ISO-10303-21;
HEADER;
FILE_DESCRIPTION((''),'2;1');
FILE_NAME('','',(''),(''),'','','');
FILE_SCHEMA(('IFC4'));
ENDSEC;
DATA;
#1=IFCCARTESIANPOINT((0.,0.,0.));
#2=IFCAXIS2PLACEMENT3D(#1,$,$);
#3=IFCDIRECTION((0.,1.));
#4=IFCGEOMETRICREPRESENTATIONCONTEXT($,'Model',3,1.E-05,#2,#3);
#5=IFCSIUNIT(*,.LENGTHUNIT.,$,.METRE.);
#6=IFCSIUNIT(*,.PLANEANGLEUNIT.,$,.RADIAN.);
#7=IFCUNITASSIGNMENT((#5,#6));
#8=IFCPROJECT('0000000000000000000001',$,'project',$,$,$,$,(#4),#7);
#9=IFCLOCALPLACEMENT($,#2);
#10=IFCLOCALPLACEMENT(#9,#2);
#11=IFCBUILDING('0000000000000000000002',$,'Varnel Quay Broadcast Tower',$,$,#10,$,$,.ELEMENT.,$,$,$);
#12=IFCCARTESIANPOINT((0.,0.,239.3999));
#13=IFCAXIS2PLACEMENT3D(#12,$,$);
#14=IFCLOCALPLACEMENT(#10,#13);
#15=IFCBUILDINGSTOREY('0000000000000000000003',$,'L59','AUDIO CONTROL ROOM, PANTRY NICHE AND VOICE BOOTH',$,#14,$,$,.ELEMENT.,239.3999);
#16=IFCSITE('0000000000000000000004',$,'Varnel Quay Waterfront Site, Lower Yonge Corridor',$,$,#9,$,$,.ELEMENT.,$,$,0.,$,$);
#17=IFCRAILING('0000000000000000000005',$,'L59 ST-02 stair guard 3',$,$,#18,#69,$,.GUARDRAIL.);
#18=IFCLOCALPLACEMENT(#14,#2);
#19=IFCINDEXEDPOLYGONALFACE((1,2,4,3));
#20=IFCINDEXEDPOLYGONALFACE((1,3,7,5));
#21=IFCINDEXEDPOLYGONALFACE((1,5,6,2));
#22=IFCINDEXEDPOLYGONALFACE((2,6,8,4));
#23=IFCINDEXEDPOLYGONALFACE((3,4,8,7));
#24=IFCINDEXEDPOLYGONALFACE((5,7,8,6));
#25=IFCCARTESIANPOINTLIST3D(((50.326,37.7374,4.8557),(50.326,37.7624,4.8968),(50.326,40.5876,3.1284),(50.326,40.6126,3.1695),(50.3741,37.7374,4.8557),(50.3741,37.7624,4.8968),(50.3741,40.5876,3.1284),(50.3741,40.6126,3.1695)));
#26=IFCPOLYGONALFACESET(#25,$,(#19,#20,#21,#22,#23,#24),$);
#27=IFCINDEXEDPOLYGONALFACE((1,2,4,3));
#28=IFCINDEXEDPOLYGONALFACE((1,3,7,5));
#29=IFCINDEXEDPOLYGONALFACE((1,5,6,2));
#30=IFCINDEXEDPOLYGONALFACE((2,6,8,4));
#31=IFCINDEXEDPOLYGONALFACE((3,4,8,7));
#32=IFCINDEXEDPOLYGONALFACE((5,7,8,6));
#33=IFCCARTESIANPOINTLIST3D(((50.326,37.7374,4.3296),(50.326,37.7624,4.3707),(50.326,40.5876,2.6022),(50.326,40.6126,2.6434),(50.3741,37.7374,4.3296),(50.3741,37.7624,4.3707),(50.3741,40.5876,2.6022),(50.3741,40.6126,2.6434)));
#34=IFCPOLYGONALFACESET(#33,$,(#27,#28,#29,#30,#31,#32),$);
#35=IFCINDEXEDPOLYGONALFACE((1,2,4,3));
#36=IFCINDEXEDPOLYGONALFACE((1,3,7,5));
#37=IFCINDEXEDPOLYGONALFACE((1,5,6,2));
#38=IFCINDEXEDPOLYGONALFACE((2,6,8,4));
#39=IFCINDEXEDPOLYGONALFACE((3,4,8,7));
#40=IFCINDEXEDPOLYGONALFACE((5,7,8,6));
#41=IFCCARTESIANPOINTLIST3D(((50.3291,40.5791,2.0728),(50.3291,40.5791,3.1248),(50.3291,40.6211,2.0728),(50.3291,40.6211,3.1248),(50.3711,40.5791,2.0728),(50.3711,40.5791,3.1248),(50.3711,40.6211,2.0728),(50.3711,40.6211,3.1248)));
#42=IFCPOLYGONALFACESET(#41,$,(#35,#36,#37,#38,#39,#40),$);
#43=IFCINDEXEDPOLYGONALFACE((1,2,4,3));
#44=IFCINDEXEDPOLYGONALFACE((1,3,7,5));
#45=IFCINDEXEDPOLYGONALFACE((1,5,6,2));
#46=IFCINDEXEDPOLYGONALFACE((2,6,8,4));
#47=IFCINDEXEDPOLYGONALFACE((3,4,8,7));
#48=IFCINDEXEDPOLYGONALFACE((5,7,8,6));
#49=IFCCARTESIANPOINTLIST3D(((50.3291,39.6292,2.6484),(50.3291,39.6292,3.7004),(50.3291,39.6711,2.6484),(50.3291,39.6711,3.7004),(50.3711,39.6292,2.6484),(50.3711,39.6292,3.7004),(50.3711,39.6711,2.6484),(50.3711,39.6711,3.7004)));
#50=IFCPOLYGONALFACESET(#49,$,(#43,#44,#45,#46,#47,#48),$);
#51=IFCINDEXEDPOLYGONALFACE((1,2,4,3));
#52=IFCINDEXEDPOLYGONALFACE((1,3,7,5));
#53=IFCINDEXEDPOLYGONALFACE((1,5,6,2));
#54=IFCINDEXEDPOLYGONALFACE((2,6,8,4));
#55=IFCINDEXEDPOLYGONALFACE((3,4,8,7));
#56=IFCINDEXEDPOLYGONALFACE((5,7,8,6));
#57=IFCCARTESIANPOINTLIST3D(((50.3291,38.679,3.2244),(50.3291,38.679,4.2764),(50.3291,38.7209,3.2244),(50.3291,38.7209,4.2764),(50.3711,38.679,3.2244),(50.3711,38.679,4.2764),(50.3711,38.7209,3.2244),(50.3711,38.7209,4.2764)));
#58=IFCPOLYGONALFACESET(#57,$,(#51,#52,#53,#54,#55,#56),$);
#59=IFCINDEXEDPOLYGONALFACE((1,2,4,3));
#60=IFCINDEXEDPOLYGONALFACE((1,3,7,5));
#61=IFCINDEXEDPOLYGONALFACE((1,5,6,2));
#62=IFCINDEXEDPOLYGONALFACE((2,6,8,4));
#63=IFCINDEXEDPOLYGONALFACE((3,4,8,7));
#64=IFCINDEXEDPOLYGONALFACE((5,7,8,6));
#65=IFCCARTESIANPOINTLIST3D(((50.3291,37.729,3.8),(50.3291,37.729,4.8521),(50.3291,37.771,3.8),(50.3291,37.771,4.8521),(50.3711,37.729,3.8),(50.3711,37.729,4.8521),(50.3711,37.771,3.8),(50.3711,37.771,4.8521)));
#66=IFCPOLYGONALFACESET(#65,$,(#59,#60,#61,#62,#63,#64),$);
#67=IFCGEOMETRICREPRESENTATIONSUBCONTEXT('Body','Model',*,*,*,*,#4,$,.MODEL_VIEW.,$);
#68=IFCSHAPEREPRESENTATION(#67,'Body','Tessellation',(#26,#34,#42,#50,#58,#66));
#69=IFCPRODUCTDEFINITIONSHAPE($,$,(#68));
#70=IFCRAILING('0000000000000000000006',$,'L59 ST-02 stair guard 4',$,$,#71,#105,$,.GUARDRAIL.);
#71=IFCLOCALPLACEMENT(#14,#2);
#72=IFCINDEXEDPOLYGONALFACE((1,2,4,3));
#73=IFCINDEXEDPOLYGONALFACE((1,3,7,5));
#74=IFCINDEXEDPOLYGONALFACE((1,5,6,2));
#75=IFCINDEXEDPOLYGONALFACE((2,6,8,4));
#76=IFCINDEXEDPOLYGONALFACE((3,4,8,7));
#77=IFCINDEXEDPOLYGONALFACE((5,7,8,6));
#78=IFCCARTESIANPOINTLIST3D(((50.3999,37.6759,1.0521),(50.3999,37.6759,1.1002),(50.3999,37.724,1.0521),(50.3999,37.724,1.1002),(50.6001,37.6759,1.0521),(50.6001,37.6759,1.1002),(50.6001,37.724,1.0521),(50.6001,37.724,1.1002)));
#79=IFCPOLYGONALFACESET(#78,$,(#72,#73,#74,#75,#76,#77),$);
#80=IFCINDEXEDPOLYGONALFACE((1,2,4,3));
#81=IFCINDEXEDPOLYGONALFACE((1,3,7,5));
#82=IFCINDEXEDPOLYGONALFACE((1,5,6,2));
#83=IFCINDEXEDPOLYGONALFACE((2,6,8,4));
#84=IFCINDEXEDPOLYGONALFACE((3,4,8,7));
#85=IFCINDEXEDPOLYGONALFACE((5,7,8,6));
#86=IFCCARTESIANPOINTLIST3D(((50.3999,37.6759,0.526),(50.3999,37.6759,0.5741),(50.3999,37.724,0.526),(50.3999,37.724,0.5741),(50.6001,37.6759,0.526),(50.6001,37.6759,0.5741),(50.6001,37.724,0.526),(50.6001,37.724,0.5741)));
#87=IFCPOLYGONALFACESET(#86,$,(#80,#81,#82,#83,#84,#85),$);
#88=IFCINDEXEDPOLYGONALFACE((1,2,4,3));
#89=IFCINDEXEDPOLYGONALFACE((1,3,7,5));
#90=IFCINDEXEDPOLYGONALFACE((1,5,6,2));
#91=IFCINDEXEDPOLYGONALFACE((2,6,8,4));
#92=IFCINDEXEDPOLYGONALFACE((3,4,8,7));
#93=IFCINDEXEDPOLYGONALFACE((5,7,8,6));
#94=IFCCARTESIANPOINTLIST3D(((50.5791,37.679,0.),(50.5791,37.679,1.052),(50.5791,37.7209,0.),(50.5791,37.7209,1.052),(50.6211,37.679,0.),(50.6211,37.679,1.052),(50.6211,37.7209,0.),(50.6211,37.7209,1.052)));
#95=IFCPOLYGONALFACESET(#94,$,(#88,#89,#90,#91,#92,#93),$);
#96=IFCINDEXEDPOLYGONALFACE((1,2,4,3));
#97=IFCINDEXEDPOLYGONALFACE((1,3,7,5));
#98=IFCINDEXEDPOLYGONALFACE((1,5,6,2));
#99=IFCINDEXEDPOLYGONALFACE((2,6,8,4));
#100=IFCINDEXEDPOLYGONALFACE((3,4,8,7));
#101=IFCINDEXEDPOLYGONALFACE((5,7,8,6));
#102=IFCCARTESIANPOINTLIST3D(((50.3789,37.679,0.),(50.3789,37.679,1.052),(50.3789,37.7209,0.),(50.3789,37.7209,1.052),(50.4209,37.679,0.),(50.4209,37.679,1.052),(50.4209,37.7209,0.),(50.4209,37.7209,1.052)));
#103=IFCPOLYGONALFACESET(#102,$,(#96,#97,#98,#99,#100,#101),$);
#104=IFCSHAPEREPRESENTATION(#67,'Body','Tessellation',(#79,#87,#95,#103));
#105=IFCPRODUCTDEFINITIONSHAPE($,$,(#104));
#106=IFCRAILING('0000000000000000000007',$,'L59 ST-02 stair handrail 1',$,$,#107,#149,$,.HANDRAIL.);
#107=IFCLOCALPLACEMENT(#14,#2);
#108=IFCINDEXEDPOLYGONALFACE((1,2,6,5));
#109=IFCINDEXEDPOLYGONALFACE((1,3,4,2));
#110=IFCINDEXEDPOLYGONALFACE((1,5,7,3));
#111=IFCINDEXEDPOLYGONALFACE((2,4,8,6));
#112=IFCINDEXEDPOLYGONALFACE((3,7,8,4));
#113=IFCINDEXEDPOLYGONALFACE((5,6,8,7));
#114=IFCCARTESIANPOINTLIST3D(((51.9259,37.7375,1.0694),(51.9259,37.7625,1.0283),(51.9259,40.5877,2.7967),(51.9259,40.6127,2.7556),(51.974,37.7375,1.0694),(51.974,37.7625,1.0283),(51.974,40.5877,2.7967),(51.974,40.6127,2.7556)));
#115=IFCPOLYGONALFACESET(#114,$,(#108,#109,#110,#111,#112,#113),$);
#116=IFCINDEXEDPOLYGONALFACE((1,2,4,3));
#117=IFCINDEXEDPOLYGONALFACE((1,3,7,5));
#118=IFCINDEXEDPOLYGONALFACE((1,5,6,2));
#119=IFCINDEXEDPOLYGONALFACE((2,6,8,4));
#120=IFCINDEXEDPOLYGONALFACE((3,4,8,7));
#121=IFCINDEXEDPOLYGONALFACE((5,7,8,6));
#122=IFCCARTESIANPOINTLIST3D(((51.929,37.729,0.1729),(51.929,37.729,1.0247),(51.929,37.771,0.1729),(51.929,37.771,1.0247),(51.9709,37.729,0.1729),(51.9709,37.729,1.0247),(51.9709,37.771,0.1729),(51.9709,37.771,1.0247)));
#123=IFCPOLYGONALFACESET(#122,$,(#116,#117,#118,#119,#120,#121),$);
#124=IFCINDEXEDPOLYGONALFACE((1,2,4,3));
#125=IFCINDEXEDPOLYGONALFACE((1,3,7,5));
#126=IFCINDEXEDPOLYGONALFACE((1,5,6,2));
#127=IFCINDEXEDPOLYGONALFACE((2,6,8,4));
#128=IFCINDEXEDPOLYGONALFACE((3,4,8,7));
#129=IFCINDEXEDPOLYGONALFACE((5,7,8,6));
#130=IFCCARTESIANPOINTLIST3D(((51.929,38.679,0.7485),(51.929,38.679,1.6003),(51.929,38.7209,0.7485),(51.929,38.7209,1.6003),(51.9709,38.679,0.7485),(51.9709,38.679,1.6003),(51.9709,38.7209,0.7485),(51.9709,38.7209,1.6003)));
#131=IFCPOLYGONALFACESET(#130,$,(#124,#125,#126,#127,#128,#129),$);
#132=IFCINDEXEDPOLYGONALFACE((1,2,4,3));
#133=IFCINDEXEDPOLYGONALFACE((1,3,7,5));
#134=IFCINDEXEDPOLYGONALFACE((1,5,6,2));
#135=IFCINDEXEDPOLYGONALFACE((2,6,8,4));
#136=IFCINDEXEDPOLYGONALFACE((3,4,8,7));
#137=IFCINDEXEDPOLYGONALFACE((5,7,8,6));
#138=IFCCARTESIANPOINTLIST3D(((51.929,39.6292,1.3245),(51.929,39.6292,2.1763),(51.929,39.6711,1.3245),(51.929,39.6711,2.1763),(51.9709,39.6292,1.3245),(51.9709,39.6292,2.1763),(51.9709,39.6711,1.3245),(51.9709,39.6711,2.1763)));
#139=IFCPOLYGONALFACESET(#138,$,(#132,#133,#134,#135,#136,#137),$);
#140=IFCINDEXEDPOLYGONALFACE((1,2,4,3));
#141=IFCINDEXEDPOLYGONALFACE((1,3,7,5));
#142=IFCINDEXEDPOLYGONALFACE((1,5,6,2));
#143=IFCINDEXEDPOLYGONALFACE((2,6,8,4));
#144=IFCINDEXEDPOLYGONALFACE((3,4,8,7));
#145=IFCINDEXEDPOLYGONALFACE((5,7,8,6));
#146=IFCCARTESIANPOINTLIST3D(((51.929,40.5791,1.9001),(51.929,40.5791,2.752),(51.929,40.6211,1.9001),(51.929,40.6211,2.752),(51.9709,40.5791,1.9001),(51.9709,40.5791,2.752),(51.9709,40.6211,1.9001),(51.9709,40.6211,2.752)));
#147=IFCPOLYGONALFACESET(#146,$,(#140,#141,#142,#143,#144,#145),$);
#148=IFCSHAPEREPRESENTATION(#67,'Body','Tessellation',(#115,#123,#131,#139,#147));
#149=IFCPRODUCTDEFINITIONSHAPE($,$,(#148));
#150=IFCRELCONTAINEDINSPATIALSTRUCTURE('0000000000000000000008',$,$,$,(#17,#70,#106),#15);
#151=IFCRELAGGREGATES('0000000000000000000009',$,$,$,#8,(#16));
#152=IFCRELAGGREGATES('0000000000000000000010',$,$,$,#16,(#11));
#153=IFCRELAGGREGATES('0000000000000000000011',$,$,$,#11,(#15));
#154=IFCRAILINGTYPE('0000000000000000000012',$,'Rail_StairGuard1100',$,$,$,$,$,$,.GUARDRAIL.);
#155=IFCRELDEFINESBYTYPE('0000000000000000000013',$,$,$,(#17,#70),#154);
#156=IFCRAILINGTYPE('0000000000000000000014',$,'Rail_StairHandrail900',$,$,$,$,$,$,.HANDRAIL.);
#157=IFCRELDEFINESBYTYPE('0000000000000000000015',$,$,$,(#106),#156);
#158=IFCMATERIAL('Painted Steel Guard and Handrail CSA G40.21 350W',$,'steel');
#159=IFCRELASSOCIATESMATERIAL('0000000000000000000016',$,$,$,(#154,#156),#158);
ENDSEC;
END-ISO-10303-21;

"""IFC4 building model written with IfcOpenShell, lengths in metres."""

from ifc_helpers import new_model, si_unit, direction, frame, origin, origin_2d, place, context, subcontext, project, spatial, rectangle, extrude, material, type_object, element, save


model = new_model("IFC4")

# Units and contexts
model_context = context("Model", 3, precision=1e-05, world=origin(), true_north=direction((0.0, 1.0)))
body_context = subcontext(model_context, "Body", "Model", "MODEL_VIEW")
ifc_project = project(units=[si_unit("LENGTHUNIT", "METRE"), si_unit("PLANEANGLEUNIT", "RADIAN")], contexts=[model_context])

# Site, building, storey
site_placement = place(None, origin())
site = spatial("IfcSite", under=ifc_project, at=site_placement, Name="Varnel Quay Waterfront Site, Lower Yonge Corridor", CompositionType="ELEMENT", RefElevation=0.0)
building_placement = place(site_placement, origin())
building = spatial("IfcBuilding", under=site, at=building_placement, Name="Varnel Quay Broadcast Tower", CompositionType="ELEMENT")
storey_placement = place(building_placement, frame((0.0, 0.0, 239.3999)))
storey = spatial("IfcBuildingStorey", under=building, at=storey_placement, Name="L59", Description="AUDIO CONTROL ROOM, PANTRY NICHE AND VOICE BOOTH", CompositionType="ELEMENT", Elevation=239.3999)

# Railings
ifc_material_1 = material(Name="Painted Steel Guard and Handrail CSA G40.21 350W", Category="steel")
railing_type_1 = type_object("IfcRailingType", Name="Rail_StairGuard1100", PredefinedType="GUARDRAIL", material=ifc_material_1)
railing_1_placement = place(storey_placement, frame((50.3501, 40.6001, 2.0728)))
element("IfcRailing", 1, at=railing_1_placement, inside=storey, type_object=railing_type_1, Name="L59 ST-02 stair guard 3", PredefinedType="GUARDRAIL", context=body_context, shape_type="SweptSolid", body=[
    extrude(rectangle(XDim=0.0481, YDim=0.0481, at=origin_2d()), frame((0.0, 0.0, 1.0762), z_axis=(0.0, -0.855203, 0.518294), x_axis=(1.0, 0.0, 0.0)), (0.0, 0.0, 1.0), 3.3328),
    extrude(rectangle(XDim=0.0481, YDim=0.0481, at=origin_2d()), frame((0.0, 0.0, 0.55), z_axis=(0.0, -0.855203, 0.518294), x_axis=(1.0, 0.0, 0.0)), (0.0, 0.0, 1.0), 3.3328),
    extrude(rectangle(XDim=0.042, YDim=0.042, at=origin_2d()), origin(), (0.0, 0.0, 1.0), 1.052),
    extrude(rectangle(XDim=0.042, YDim=0.042, at=origin_2d()), frame((0.0, -0.95, 0.5757)), (0.0, 0.0, 1.0), 1.052),
    extrude(rectangle(XDim=0.042, YDim=0.042, at=origin_2d()), frame((0.0, -1.9001, 1.1516)), (0.0, 0.0, 1.0), 1.052),
    extrude(rectangle(XDim=0.042, YDim=0.042, at=origin_2d()), frame((0.0, -2.8501, 1.7273)), (0.0, 0.0, 1.0), 1.052),
])
railing_2_placement = place(storey_placement, frame((50.6001, 37.7, 0.0)))
element("IfcRailing", 2, at=railing_2_placement, inside=storey, type_object=railing_type_1, Name="L59 ST-02 stair guard 4", PredefinedType="GUARDRAIL", context=body_context, shape_type="SweptSolid", body=[
    extrude(rectangle(XDim=0.0481, YDim=0.0481, at=origin_2d()), frame((0.0, 0.0, 1.0762), z_axis=(-1.0, 0.0, 0.0), x_axis=(0.0, -1.0, 0.0)), (0.0, 0.0, 1.0), 0.2002),
    extrude(rectangle(XDim=0.0481, YDim=0.0481, at=origin_2d()), frame((0.0, 0.0, 0.55), z_axis=(-1.0, 0.0, 0.0), x_axis=(0.0, -1.0, 0.0)), (0.0, 0.0, 1.0), 0.2002),
    extrude(rectangle(XDim=0.042, YDim=0.042, at=origin_2d()), origin(), (0.0, 0.0, 1.0), 1.052),
    extrude(rectangle(XDim=0.042, YDim=0.042, at=origin_2d()), frame((-0.2002, 0.0, 0.0)), (0.0, 0.0, 1.0), 1.052),
])
railing_type_2 = type_object("IfcRailingType", Name="Rail_StairHandrail900", PredefinedType="HANDRAIL", material=ifc_material_1)
railing_3_placement = place(storey_placement, frame((51.95, 37.75, 0.1729)))
element("IfcRailing", 3, at=railing_3_placement, inside=storey, type_object=railing_type_2, Name="L59 ST-02 stair handrail 1", PredefinedType="HANDRAIL", context=body_context, shape_type="SweptSolid", body=[
    extrude(rectangle(XDim=0.0481, YDim=0.0481, at=origin_2d()), frame((0.0, 0.0, 0.876), z_axis=(0.0, 0.855203, 0.518294), x_axis=(-1.0, 0.0, 0.0)), (0.0, 0.0, 1.0), 3.3328),
    extrude(rectangle(XDim=0.042, YDim=0.042, at=origin_2d()), origin(), (0.0, 0.0, 1.0), 0.8518),
    extrude(rectangle(XDim=0.042, YDim=0.042, at=origin_2d()), frame((0.0, 0.95, 0.5757)), (0.0, 0.0, 1.0), 0.8518),
    extrude(rectangle(XDim=0.042, YDim=0.042, at=origin_2d()), frame((0.0, 1.9001, 1.1516)), (0.0, 0.0, 1.0), 0.8518),
    extrude(rectangle(XDim=0.042, YDim=0.042, at=origin_2d()), frame((0.0, 2.8501, 1.7273)), (0.0, 0.0, 1.0), 0.8518),
])

save(model, "model.ifc")
